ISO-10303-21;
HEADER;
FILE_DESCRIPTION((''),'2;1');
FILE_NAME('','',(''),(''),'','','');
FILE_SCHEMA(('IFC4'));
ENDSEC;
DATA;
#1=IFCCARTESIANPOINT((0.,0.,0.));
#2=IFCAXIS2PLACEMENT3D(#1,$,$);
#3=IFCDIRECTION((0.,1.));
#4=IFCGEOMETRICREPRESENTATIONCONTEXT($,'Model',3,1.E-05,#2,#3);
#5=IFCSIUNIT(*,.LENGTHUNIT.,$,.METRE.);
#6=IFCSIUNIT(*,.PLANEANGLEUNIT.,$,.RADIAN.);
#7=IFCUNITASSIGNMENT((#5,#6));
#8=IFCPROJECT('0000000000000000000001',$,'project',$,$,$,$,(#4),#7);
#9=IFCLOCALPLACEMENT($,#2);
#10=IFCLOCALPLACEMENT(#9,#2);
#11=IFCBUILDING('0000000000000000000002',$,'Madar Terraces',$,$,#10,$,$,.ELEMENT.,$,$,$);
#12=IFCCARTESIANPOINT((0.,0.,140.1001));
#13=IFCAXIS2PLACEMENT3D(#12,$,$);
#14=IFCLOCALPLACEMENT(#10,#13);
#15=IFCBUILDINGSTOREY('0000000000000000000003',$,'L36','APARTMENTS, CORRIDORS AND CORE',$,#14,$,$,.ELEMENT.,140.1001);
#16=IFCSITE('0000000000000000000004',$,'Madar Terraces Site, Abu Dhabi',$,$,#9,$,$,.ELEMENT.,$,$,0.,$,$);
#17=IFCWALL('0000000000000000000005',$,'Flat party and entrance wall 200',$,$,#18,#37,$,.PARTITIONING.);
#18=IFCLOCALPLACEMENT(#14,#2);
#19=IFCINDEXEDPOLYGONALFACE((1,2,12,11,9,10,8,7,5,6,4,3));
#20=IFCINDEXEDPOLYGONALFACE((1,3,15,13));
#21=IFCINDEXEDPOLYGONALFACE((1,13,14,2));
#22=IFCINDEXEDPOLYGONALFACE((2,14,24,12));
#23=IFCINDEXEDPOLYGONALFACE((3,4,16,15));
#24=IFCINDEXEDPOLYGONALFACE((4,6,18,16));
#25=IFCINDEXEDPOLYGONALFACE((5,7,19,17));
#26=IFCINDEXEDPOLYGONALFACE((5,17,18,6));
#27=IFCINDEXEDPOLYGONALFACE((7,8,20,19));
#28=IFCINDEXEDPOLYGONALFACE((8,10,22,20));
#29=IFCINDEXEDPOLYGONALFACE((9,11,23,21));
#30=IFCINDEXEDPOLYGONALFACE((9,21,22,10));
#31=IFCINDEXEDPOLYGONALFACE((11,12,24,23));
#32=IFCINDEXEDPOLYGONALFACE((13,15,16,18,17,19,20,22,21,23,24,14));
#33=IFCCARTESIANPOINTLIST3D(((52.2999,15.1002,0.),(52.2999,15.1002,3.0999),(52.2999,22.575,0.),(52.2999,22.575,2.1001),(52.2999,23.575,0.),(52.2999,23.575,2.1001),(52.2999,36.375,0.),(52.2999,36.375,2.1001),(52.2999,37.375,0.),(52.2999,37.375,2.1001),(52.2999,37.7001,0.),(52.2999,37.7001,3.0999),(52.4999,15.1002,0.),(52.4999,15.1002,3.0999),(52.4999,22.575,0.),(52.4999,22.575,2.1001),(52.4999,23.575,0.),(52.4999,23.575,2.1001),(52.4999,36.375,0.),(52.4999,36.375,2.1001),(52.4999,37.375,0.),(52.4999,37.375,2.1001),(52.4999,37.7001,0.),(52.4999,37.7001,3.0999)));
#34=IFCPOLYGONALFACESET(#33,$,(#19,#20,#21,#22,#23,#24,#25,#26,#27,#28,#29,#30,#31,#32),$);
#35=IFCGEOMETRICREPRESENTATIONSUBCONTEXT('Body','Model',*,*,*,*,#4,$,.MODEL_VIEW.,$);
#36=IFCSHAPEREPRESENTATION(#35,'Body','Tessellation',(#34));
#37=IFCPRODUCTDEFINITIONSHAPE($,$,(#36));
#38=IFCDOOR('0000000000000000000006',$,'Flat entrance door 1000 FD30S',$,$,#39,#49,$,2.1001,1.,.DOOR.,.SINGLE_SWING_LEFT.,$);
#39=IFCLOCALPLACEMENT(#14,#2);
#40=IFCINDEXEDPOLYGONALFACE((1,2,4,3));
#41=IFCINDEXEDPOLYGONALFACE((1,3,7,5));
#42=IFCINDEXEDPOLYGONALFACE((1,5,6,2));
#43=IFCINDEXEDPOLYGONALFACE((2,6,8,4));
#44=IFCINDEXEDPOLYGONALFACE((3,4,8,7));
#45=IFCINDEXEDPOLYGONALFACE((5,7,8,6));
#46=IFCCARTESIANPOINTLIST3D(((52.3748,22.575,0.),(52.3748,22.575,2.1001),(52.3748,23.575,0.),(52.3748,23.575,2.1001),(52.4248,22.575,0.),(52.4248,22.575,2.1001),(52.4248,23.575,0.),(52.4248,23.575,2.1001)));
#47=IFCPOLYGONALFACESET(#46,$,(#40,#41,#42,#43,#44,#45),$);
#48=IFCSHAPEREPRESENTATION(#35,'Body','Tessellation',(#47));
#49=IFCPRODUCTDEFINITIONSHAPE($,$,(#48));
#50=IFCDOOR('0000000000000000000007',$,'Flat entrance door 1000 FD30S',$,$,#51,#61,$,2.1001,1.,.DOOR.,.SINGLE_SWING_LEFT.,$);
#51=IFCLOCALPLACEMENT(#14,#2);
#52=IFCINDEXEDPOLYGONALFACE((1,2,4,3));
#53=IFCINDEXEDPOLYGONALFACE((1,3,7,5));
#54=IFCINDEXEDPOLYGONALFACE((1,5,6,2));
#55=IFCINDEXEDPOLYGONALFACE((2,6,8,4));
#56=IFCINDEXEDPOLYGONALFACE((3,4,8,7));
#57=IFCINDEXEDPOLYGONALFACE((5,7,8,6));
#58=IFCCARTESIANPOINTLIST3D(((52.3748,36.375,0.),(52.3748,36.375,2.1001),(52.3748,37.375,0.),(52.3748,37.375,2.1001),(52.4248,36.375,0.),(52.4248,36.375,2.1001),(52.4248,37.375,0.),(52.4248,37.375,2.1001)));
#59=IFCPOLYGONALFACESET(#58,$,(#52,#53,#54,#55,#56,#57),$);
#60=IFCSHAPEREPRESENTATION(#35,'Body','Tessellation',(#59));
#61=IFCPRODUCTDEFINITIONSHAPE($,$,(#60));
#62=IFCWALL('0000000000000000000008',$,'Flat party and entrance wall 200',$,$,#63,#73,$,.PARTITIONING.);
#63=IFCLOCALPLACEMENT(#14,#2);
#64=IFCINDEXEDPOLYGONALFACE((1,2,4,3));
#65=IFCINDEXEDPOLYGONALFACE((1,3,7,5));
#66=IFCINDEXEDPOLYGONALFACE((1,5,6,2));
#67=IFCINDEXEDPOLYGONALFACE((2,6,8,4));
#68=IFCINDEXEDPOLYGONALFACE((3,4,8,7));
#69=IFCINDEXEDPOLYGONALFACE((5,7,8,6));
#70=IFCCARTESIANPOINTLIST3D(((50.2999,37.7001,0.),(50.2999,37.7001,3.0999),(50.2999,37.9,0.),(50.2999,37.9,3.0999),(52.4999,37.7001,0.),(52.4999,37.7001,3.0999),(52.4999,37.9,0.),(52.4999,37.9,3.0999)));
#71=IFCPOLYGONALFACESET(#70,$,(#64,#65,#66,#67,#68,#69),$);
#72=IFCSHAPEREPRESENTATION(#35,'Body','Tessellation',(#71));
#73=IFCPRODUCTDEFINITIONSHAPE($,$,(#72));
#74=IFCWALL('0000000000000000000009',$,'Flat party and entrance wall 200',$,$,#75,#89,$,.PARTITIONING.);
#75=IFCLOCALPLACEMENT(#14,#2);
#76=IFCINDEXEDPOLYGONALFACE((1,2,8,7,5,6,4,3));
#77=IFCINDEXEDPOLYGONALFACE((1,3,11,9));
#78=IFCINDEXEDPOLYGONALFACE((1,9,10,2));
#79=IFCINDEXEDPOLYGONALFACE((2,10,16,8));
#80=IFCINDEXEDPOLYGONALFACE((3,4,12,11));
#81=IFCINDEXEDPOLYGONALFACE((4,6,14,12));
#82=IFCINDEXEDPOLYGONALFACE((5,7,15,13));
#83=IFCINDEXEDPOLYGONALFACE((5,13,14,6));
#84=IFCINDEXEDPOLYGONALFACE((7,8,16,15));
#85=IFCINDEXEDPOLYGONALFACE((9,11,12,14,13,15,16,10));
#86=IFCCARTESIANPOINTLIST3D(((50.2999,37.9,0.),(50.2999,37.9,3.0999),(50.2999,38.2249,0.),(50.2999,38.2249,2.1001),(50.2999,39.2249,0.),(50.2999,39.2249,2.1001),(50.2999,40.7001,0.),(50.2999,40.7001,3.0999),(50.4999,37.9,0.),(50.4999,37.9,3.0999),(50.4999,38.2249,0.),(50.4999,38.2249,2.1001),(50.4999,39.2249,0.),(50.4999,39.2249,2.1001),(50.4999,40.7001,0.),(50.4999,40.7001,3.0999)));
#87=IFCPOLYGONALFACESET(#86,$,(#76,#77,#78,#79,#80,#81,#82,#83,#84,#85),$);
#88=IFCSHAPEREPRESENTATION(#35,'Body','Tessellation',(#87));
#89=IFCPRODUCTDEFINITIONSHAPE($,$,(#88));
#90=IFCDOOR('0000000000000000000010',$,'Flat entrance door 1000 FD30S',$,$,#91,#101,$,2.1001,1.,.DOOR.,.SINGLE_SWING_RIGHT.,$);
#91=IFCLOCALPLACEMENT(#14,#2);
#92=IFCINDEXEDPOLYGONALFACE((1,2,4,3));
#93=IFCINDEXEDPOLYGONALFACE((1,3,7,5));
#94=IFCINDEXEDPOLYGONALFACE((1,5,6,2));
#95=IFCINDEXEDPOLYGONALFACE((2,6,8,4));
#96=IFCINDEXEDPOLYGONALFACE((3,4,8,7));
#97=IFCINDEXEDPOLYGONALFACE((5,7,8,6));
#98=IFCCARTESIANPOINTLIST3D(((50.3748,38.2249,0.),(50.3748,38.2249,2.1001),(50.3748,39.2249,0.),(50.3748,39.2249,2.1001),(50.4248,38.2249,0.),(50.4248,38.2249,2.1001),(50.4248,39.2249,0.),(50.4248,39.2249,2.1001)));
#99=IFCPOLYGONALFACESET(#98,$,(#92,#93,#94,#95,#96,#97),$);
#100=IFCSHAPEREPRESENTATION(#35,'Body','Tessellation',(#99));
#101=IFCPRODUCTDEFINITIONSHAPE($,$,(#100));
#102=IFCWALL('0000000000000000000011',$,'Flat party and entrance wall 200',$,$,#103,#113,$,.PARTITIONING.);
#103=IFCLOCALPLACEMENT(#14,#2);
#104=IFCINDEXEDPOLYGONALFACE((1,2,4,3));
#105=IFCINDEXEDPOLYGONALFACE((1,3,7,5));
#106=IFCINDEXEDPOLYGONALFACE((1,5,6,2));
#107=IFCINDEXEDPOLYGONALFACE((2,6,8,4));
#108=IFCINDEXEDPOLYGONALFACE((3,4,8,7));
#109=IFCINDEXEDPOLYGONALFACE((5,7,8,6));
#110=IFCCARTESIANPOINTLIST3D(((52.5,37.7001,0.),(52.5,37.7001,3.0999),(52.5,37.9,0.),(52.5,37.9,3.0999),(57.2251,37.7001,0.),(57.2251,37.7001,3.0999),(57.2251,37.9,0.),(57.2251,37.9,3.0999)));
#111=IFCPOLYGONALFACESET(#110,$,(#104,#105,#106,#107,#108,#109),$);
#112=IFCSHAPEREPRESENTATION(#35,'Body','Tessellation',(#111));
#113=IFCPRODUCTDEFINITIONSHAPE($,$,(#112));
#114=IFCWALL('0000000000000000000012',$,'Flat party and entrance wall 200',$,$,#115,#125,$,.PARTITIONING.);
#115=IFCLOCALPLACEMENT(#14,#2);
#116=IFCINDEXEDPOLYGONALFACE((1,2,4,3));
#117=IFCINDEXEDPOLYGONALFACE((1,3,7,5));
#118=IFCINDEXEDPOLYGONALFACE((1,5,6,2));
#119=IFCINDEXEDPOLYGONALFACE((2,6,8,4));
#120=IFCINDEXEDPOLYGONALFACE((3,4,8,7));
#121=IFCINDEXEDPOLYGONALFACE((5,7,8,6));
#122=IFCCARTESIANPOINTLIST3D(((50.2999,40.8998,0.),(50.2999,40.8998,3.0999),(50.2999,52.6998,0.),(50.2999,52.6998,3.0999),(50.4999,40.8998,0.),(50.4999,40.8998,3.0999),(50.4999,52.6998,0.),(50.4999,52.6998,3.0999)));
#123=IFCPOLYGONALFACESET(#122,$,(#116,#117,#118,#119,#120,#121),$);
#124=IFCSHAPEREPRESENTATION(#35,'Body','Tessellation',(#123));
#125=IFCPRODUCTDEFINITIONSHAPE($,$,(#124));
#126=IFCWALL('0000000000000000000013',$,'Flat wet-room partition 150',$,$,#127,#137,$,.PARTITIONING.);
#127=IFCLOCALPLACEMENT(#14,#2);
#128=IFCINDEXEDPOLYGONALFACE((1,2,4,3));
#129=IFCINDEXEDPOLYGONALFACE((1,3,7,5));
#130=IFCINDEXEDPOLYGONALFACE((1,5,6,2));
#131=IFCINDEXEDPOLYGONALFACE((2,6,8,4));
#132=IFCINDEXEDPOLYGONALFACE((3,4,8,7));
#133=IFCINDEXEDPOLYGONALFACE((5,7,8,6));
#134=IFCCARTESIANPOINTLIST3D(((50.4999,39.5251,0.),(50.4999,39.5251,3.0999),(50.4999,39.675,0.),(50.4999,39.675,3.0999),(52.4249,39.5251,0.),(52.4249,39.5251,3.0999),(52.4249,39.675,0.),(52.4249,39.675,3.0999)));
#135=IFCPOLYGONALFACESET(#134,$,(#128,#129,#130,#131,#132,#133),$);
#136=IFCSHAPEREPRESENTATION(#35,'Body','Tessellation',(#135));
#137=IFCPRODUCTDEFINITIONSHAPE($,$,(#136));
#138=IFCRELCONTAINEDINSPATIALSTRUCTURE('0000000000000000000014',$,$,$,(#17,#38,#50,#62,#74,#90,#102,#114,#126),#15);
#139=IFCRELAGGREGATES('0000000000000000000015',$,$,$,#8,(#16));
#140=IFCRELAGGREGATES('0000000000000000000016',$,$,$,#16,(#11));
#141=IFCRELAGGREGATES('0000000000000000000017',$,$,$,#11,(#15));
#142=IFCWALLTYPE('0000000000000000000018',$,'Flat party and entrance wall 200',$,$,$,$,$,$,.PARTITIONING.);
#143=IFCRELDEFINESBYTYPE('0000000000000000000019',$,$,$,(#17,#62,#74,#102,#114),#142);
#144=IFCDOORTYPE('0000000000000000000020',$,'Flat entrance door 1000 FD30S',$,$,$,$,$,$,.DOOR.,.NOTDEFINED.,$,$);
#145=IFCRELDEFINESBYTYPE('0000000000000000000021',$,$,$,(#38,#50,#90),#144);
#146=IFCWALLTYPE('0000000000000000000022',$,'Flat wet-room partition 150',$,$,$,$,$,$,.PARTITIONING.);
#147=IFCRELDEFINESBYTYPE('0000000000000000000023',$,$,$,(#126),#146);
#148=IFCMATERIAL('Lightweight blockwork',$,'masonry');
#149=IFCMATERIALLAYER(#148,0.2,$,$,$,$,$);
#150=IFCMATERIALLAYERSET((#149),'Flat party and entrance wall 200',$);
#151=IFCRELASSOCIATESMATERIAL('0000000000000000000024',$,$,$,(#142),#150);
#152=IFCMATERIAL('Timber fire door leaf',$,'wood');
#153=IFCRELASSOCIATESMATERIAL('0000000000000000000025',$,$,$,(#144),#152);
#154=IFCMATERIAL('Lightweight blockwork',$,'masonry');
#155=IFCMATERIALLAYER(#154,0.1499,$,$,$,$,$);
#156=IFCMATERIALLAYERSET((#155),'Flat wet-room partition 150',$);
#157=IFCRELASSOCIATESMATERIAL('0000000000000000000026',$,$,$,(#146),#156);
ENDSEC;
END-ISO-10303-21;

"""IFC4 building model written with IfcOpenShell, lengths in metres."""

from ifc_helpers import new_model, si_unit, direction, frame, frame_2d, origin, place, context, subcontext, project, spatial, rectangle, extrude, material, layer, layer_set, type_object, element, fill, save


model = new_model("IFC4")

# Units and contexts
model_context = context("Model", 3, precision=1e-05, world=origin(), true_north=direction((0.0, 1.0)))
body_context = subcontext(model_context, "Body", "Model", "MODEL_VIEW")
ifc_project = project(units=[si_unit("LENGTHUNIT", "METRE"), si_unit("PLANEANGLEUNIT", "RADIAN")], contexts=[model_context])

# Site, building, storey
site_placement = place(None, origin())
site = spatial("IfcSite", under=ifc_project, at=site_placement, Name="Madar Terraces Site, Abu Dhabi", CompositionType="ELEMENT", RefElevation=0.0)
building_placement = place(site_placement, origin())
building = spatial("IfcBuilding", under=site, at=building_placement, Name="Madar Terraces", CompositionType="ELEMENT")
storey_placement = place(building_placement, frame((0.0, 0.0, 140.1001)))
storey = spatial("IfcBuildingStorey", under=building, at=storey_placement, Name="L36", Description="APARTMENTS, CORRIDORS AND CORE", CompositionType="ELEMENT", Elevation=140.1001)

# Wall, openings, doors
ifc_material_1 = material(Name="Lightweight blockwork", Category="masonry")
ifc_layer_1 = layer(ifc_material_1, 0.2)
ifc_layer_set_1 = layer_set([ifc_layer_1], Name="Flat party and entrance wall 200")
wall_type_1 = type_object("IfcWallType", Name="Flat party and entrance wall 200", PredefinedType="PARTITIONING", material=ifc_layer_set_1)
wall_1_placement = place(storey_placement, frame((52.3999, 37.7, 0.0), z_axis=(0.0, 0.0, 1.0), x_axis=(0.0, -1.0, 0.0)))
wall_1 = element("IfcWall", 1, at=wall_1_placement, inside=storey, type_object=wall_type_1, Name="Flat party and entrance wall 200", PredefinedType="PARTITIONING", context=body_context, shape_type="SweptSolid", body=[
    extrude(rectangle(XDim=22.5999, YDim=0.2, at=frame_2d((11.2998, 0.0))), origin(), (0.0, 0.0, 1.0), 3.0999),
])
opening_1_placement = place(wall_1_placement, frame((14.125, 0.0, 0.0)))
opening_1 = element("IfcOpeningElement", 2, at=opening_1_placement, cuts=wall_1, PredefinedType="OPENING", context=body_context, shape_type="SweptSolid", body=[
    extrude(rectangle(XDim=1.0, YDim=2.1001, at=frame_2d((0.5, 1.05))), frame((0.0, 0.1099, 0.0), z_axis=(0.0, -1.0, 0.0), x_axis=(1.0, 0.0, 0.0)), (0.0, 0.0, 1.0), 0.22),
])
opening_2_placement = place(wall_1_placement, frame((0.325, 0.0, 0.0)))
opening_2 = element("IfcOpeningElement", 3, at=opening_2_placement, cuts=wall_1, PredefinedType="OPENING", context=body_context, shape_type="SweptSolid", body=[
    extrude(rectangle(XDim=1.0, YDim=2.1001, at=frame_2d((0.5, 1.05))), frame((0.0, 0.1099, 0.0), z_axis=(0.0, -1.0, 0.0), x_axis=(1.0, 0.0, 0.0)), (0.0, 0.0, 1.0), 0.22),
])
ifc_material_2 = material(Name="Timber fire door leaf", Category="wood")
door_type_1 = type_object("IfcDoorType", Name="Flat entrance door 1000 FD30S", OperationType="NOTDEFINED", PredefinedType="DOOR", material=ifc_material_2)
door_1_placement = place(opening_1_placement, origin())
door_1 = element("IfcDoor", 4, at=door_1_placement, inside=storey, type_object=door_type_1, Name="Flat entrance door 1000 FD30S", OperationType="SINGLE_SWING_LEFT", OverallHeight=2.1001, OverallWidth=1.0, PredefinedType="DOOR", context=body_context, shape_type="SweptSolid", body=[
    extrude(rectangle(XDim=1.0, YDim=2.1001, at=frame_2d((0.5, 1.05))), frame((0.0, 0.0249, 0.0), z_axis=(0.0, -1.0, 0.0), x_axis=(1.0, 0.0, 0.0)), (0.0, 0.0, 1.0), 0.05),
])
fill(opening_1, door_1)
door_2_placement = place(opening_2_placement, origin())
door_2 = element("IfcDoor", 5, at=door_2_placement, inside=storey, type_object=door_type_1, Name="Flat entrance door 1000 FD30S", OperationType="SINGLE_SWING_LEFT", OverallHeight=2.1001, OverallWidth=1.0, PredefinedType="DOOR", context=body_context, shape_type="SweptSolid", body=[
    extrude(rectangle(XDim=1.0, YDim=2.1001, at=frame_2d((0.5, 1.05))), frame((0.0, 0.0249, 0.0), z_axis=(0.0, -1.0, 0.0), x_axis=(1.0, 0.0, 0.0)), (0.0, 0.0, 1.0), 0.05),
])
fill(opening_2, door_2)

# Wall
wall_2_placement = place(storey_placement, frame((52.5, 37.8, 0.0), z_axis=(0.0, 0.0, 1.0), x_axis=(-1.0, 0.0, 0.0)))
element("IfcWall", 6, at=wall_2_placement, inside=storey, type_object=wall_type_1, Name="Flat party and entrance wall 200", PredefinedType="PARTITIONING", context=body_context, shape_type="SweptSolid", body=[
    extrude(rectangle(XDim=2.2, YDim=0.2, at=frame_2d((1.1001, 0.0))), origin(), (0.0, 0.0, 1.0), 3.0999),
])

# Wall, opening, door
wall_3_placement = place(storey_placement, frame((50.3999, 40.7, 0.0), z_axis=(0.0, 0.0, 1.0), x_axis=(0.0, -1.0, 0.0)))
wall_3 = element("IfcWall", 7, at=wall_3_placement, inside=storey, type_object=wall_type_1, Name="Flat party and entrance wall 200", PredefinedType="PARTITIONING", context=body_context, shape_type="SweptSolid", body=[
    extrude(rectangle(XDim=2.8, YDim=0.2, at=frame_2d((1.3999, 0.0))), origin(), (0.0, 0.0, 1.0), 3.0999),
])
opening_3_placement = place(wall_3_placement, frame((1.4751, 0.0, 0.0)))
opening_3 = element("IfcOpeningElement", 8, at=opening_3_placement, cuts=wall_3, PredefinedType="OPENING", context=body_context, shape_type="SweptSolid", body=[
    extrude(rectangle(XDim=1.0, YDim=2.1001, at=frame_2d((0.5, 1.05))), frame((0.0, 0.1099, 0.0), z_axis=(0.0, -1.0, 0.0), x_axis=(1.0, 0.0, 0.0)), (0.0, 0.0, 1.0), 0.22),
])
door_3_placement = place(opening_3_placement, origin())
door_3 = element("IfcDoor", 9, at=door_3_placement, inside=storey, type_object=door_type_1, Name="Flat entrance door 1000 FD30S", OperationType="SINGLE_SWING_RIGHT", OverallHeight=2.1001, OverallWidth=1.0, PredefinedType="DOOR", context=body_context, shape_type="SweptSolid", body=[
    extrude(rectangle(XDim=1.0, YDim=2.1001, at=frame_2d((0.5, 1.05))), frame((0.0, 0.0249, 0.0), z_axis=(0.0, -1.0, 0.0), x_axis=(1.0, 0.0, 0.0)), (0.0, 0.0, 1.0), 0.05),
])
fill(opening_3, door_3)

# Walls
wall_4_placement = place(storey_placement, frame((52.5, 37.8, 0.0), z_axis=(0.0, 0.0, 1.0), x_axis=(1.0, 0.0, 0.0)))
element("IfcWall", 10, at=wall_4_placement, inside=storey, type_object=wall_type_1, Name="Flat party and entrance wall 200", PredefinedType="PARTITIONING", context=body_context, shape_type="SweptSolid", body=[
    extrude(rectangle(XDim=4.7251, YDim=0.2, at=frame_2d((2.3625, 0.0))), origin(), (0.0, 0.0, 1.0), 3.0999),
])
wall_5_placement = place(storey_placement, frame((50.3999, 40.8999, 0.0), z_axis=(0.0, 0.0, 1.0), x_axis=(0.0, 1.0, 0.0)))
element("IfcWall", 11, at=wall_5_placement, inside=storey, type_object=wall_type_1, Name="Flat party and entrance wall 200", PredefinedType="PARTITIONING", context=body_context, shape_type="SweptSolid", body=[
    extrude(rectangle(XDim=11.8, YDim=0.2, at=frame_2d((5.8999, 0.0))), origin(), (0.0, 0.0, 1.0), 3.0999),
])
ifc_material_3 = material(Name="Lightweight blockwork", Category="masonry")
ifc_layer_2 = layer(ifc_material_3, 0.1499)
ifc_layer_set_2 = layer_set([ifc_layer_2], Name="Flat wet-room partition 150")
wall_type_2 = type_object("IfcWallType", Name="Flat wet-room partition 150", PredefinedType="PARTITIONING", material=ifc_layer_set_2)
wall_6_placement = place(storey_placement, frame((50.5, 39.6001, 0.0), z_axis=(0.0, 0.0, 1.0), x_axis=(1.0, 0.0, 0.0)))
element("IfcWall", 12, at=wall_6_placement, inside=storey, type_object=wall_type_2, Name="Flat wet-room partition 150", PredefinedType="PARTITIONING", context=body_context, shape_type="SweptSolid", body=[
    extrude(rectangle(XDim=1.925, YDim=0.1499, at=frame_2d((0.9624, 0.0))), origin(), (0.0, 0.0, 1.0), 3.0999),
])

save(model, "model.ifc")
